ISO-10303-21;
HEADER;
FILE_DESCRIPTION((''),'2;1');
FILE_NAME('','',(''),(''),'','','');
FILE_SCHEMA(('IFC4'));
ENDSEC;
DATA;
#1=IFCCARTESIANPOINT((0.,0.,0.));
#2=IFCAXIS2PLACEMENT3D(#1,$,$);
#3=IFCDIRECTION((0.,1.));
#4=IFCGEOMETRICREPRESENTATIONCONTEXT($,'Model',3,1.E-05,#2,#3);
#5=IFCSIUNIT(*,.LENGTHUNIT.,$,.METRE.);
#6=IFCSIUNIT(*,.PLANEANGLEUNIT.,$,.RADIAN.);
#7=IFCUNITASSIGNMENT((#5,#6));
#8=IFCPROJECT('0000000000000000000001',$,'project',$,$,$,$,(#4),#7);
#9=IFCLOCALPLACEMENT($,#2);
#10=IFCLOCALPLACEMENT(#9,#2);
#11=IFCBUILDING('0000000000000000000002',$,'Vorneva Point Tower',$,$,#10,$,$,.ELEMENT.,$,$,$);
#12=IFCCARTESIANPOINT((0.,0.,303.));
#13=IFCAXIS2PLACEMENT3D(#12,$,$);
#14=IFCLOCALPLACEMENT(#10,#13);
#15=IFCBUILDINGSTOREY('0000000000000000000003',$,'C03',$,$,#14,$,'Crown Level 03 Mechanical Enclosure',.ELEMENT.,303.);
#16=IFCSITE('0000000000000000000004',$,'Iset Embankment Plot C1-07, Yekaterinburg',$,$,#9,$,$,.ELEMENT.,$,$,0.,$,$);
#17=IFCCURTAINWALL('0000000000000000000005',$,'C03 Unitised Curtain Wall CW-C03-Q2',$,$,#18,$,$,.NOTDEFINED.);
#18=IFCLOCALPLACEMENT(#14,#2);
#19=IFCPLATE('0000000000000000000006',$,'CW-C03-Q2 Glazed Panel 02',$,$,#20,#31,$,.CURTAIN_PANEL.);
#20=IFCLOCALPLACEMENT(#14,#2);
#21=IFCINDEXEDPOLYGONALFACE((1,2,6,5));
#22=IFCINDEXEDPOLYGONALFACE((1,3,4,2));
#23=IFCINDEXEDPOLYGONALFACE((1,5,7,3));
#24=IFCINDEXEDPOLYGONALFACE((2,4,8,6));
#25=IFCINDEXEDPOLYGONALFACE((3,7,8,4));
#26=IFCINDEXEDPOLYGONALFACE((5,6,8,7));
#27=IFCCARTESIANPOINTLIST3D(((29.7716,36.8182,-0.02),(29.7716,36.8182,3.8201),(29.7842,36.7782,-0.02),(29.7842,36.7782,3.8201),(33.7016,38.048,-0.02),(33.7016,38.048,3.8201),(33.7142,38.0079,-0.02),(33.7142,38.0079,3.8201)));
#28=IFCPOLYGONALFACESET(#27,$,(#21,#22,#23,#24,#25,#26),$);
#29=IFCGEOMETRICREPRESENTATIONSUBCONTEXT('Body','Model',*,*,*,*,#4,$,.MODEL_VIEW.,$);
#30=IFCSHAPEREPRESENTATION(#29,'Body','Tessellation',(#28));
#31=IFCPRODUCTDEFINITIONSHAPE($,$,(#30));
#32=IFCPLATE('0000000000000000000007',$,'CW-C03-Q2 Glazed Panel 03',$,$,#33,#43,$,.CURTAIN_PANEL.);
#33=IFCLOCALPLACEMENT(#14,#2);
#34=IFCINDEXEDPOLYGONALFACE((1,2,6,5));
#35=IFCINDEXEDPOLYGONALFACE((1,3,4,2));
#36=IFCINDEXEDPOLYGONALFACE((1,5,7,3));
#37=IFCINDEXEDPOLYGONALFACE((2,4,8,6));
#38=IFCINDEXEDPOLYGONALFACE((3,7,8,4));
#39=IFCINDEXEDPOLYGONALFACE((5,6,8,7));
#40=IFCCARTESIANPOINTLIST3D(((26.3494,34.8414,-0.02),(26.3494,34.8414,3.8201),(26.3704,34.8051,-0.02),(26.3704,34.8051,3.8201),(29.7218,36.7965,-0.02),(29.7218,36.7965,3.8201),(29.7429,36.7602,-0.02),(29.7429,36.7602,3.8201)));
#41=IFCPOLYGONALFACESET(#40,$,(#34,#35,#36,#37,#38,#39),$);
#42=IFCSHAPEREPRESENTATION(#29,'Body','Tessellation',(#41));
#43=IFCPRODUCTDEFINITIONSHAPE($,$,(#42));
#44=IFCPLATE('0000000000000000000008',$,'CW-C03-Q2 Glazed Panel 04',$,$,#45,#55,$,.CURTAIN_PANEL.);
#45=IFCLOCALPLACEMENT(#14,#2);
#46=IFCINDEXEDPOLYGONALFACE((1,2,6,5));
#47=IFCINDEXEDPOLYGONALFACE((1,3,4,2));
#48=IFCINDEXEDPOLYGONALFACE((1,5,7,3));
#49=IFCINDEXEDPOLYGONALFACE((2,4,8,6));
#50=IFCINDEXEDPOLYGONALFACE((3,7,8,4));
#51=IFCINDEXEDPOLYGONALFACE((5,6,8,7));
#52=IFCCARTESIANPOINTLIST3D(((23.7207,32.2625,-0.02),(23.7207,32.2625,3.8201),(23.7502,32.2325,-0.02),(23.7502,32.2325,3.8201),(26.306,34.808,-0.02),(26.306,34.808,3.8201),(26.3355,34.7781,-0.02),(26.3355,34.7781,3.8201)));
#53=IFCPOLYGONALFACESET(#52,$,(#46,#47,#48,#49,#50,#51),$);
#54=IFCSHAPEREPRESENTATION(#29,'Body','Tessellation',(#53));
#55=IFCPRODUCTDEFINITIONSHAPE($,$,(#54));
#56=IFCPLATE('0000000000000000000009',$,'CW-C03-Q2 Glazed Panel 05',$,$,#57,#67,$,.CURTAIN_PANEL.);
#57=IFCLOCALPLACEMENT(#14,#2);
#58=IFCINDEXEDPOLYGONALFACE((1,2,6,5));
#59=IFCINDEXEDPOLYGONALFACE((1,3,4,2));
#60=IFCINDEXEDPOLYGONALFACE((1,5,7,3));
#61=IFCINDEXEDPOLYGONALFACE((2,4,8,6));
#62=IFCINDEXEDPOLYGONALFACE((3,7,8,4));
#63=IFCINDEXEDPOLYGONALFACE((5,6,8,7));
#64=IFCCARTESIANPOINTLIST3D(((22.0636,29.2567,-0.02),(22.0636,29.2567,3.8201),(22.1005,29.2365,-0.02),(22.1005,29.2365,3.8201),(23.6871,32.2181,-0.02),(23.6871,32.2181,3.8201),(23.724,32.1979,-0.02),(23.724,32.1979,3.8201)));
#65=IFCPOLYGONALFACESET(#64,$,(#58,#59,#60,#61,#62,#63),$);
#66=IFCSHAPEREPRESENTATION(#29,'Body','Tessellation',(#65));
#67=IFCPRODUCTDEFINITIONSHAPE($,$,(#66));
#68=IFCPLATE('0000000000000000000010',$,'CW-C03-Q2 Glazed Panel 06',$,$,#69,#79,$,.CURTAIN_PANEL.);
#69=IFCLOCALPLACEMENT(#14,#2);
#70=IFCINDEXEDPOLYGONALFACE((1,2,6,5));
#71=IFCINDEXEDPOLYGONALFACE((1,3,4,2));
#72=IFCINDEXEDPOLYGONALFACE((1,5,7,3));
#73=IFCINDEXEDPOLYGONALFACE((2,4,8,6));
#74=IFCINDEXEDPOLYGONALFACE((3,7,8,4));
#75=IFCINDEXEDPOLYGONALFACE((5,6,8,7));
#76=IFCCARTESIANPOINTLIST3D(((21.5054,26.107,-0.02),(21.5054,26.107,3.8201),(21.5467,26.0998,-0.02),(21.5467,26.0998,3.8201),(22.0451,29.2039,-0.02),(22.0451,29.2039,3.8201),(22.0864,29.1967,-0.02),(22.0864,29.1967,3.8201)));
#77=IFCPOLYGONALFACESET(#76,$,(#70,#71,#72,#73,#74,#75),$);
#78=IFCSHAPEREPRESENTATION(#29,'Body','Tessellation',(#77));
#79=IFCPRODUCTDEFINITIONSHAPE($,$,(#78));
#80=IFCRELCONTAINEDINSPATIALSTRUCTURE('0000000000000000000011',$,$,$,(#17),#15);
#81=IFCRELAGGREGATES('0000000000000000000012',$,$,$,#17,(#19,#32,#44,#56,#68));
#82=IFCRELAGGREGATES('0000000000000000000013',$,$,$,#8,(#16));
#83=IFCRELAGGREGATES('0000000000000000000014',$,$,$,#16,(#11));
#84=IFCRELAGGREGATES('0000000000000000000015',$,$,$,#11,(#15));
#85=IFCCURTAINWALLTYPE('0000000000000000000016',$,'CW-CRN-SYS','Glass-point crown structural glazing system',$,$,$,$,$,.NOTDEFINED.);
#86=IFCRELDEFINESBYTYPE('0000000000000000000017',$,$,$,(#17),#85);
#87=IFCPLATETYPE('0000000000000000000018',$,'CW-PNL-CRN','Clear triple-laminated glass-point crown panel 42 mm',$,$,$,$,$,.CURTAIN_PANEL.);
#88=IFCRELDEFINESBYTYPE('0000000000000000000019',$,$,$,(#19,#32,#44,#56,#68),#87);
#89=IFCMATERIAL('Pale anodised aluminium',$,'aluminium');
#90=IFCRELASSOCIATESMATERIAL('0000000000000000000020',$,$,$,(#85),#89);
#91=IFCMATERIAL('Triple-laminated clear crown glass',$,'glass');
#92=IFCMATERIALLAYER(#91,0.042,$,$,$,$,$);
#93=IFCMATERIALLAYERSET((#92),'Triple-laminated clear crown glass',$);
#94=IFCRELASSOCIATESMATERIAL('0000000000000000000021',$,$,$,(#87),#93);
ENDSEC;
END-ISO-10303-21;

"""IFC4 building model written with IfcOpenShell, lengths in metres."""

from ifc_helpers import new_model, si_unit, direction, frame, origin, origin_2d, place, context, subcontext, project, spatial, rectangle, extrude, material, layer, layer_set, type_object, element, aggregate, save


model = new_model("IFC4")

# Units and contexts
model_context = context("Model", 3, precision=1e-05, world=origin(), true_north=direction((0.0, 1.0)))
body_context = subcontext(model_context, "Body", "Model", "MODEL_VIEW")
ifc_project = project(units=[si_unit("LENGTHUNIT", "METRE"), si_unit("PLANEANGLEUNIT", "RADIAN")], contexts=[model_context])

# Site, building, storey
site_placement = place(None, origin())
site = spatial("IfcSite", under=ifc_project, at=site_placement, Name="Iset Embankment Plot C1-07, Yekaterinburg", CompositionType="ELEMENT", RefElevation=0.0)
building_placement = place(site_placement, origin())
building = spatial("IfcBuilding", under=site, at=building_placement, Name="Vorneva Point Tower", CompositionType="ELEMENT")
storey_placement = place(building_placement, frame((0.0, 0.0, 303.0)))
storey = spatial("IfcBuildingStorey", under=building, at=storey_placement, Name="C03", LongName="Crown Level 03 Mechanical Enclosure", CompositionType="ELEMENT", Elevation=303.0)

# Curtain wall
ifc_material_1 = material(Name="Pale anodised aluminium", Category="aluminium")
curtain_wall_type = type_object("IfcCurtainWallType", Name="CW-CRN-SYS", Description="Glass-point crown structural glazing system", PredefinedType="NOTDEFINED", material=ifc_material_1)
curtain_wall_placement = place(storey_placement, origin())
curtain_wall = element("IfcCurtainWall", 1, at=curtain_wall_placement, inside=storey, type_object=curtain_wall_type, Name="C03 Unitised Curtain Wall CW-C03-Q2", PredefinedType="NOTDEFINED")

# Plates
ifc_material_2 = material(Name="Triple-laminated clear crown glass", Category="glass")
ifc_layer = layer(ifc_material_2, 0.042)
ifc_layer_set = layer_set([ifc_layer], Name="Triple-laminated clear crown glass")
plate_type = type_object("IfcPlateType", Name="CW-PNL-CRN", Description="Clear triple-laminated glass-point crown panel 42 mm", PredefinedType="CURTAIN_PANEL", material=ifc_layer_set)
plate_1_placement = place(storey_placement, frame((31.7429, 37.4131, -0.02), z_axis=(0.0, 0.0, 1.0), x_axis=(-0.954366, -0.298641, 0.0)))
plate_1 = element("IfcPlate", 2, at=plate_1_placement, type_object=plate_type, Name="CW-C03-Q2 Glazed Panel 02", PredefinedType="CURTAIN_PANEL", context=body_context, shape_type="SweptSolid", body=[
    extrude(rectangle(XDim=4.1179, YDim=0.042, at=origin_2d()), origin(), (0.0, 0.0, 1.0), 3.8401),
])
plate_2_placement = place(storey_placement, frame((28.0461, 35.8008, -0.02), z_axis=(0.0, 0.0, 1.0), x_axis=(-0.865134, -0.501541, 0.0)))
plate_2 = element("IfcPlate", 3, at=plate_2_placement, type_object=plate_type, Name="CW-C03-Q2 Glazed Panel 03", PredefinedType="CURTAIN_PANEL", context=body_context, shape_type="SweptSolid", body=[
    extrude(rectangle(XDim=3.8982, YDim=0.042, at=origin_2d()), origin(), (0.0, 0.0, 1.0), 3.8401),
])
plate_3_placement = place(storey_placement, frame((25.0281, 33.5203, -0.02), z_axis=(0.0, 0.0, 1.0), x_axis=(-0.712565, -0.701606, 0.0)))
plate_3 = element("IfcPlate", 4, at=plate_3_placement, type_object=plate_type, Name="CW-C03-Q2 Glazed Panel 04", PredefinedType="CURTAIN_PANEL", context=body_context, shape_type="SweptSolid", body=[
    extrude(rectangle(XDim=3.6282, YDim=0.042, at=origin_2d()), origin(), (0.0, 0.0, 1.0), 3.8401),
])
plate_4_placement = place(storey_placement, frame((22.8938, 30.7273, -0.02), z_axis=(0.0, 0.0, 1.0), x_axis=(-0.480729, -0.876869, 0.0)))
plate_4 = element("IfcPlate", 5, at=plate_4_placement, type_object=plate_type, Name="CW-C03-Q2 Glazed Panel 05", PredefinedType="CURTAIN_PANEL", context=body_context, shape_type="SweptSolid", body=[
    extrude(rectangle(XDim=3.3772, YDim=0.042, at=origin_2d()), origin(), (0.0, 0.0, 1.0), 3.8401),
])
plate_5_placement = place(storey_placement, frame((21.7959, 27.6519, -0.02), z_axis=(0.0, 0.0, 1.0), x_axis=(-0.171688, -0.985151, 0.0)))
plate_5 = element("IfcPlate", 6, at=plate_5_placement, type_object=plate_type, Name="CW-C03-Q2 Glazed Panel 06", PredefinedType="CURTAIN_PANEL", context=body_context, shape_type="SweptSolid", body=[
    extrude(rectangle(XDim=3.1436, YDim=0.042, at=origin_2d()), origin(), (0.0, 0.0, 1.0), 3.8401),
])
aggregate(curtain_wall, [plate_1, plate_2, plate_3, plate_4, plate_5])

save(model, "model.ifc")
